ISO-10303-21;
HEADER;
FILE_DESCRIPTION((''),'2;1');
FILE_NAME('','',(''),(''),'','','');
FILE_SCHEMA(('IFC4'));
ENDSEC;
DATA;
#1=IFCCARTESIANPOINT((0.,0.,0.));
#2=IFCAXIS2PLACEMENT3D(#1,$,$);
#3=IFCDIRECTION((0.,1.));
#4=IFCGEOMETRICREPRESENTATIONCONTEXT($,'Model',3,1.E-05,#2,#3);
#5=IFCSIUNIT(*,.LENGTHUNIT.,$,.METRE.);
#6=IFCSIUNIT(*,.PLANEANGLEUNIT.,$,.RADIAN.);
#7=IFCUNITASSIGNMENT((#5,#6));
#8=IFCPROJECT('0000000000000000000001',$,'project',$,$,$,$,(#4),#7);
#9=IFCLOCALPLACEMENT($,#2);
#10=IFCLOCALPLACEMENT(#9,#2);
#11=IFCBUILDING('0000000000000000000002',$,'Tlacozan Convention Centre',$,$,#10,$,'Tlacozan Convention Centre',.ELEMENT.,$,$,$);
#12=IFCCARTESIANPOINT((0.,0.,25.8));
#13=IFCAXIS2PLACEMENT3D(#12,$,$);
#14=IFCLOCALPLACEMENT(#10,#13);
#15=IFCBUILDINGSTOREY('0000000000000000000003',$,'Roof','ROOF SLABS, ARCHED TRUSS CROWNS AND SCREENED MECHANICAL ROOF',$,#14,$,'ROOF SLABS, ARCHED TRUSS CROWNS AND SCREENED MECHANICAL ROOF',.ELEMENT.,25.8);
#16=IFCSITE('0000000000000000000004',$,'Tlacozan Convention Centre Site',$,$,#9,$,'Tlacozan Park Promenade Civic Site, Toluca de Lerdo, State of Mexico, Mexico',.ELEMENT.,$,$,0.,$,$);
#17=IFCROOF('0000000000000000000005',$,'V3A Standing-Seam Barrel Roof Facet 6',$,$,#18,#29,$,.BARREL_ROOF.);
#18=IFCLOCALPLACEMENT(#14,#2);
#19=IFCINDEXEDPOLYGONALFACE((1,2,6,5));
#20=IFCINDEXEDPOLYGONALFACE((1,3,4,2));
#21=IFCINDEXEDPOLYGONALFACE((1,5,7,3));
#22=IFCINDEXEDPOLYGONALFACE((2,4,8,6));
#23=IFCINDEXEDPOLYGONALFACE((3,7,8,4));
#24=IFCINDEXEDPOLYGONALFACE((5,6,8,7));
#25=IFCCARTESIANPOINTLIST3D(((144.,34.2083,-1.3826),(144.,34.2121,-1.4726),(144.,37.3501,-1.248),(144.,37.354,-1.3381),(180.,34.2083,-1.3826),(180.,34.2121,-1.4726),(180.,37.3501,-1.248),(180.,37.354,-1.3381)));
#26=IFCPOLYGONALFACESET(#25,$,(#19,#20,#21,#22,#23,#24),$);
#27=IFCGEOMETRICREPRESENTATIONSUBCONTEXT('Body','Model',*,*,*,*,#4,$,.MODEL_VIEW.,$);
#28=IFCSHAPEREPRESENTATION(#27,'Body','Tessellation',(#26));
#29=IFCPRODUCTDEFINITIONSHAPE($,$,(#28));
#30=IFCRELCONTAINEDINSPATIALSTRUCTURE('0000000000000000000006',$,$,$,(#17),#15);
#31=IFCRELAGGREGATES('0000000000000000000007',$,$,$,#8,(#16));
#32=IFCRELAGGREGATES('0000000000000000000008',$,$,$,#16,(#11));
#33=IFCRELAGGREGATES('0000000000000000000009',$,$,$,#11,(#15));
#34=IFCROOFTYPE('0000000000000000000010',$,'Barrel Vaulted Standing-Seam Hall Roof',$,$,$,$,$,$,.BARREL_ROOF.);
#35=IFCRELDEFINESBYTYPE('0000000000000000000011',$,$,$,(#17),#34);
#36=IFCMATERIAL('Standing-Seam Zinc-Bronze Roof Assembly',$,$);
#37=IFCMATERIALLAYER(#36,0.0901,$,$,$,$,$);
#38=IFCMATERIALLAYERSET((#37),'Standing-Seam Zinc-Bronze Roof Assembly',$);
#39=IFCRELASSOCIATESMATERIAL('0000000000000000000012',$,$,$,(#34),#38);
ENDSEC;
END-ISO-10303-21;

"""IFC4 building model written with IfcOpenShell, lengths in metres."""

from ifc_helpers import new_model, si_unit, direction, frame, origin, place, context, subcontext, project, spatial, polyline, outline, extrude, material, layer, layer_set, type_object, element, save


model = new_model("IFC4")

# Units and contexts
model_context = context("Model", 3, precision=1e-05, world=origin(), true_north=direction((0.0, 1.0)))
body_context = subcontext(model_context, "Body", "Model", "MODEL_VIEW")
ifc_project = project(units=[si_unit("LENGTHUNIT", "METRE"), si_unit("PLANEANGLEUNIT", "RADIAN")], contexts=[model_context])

# Site, building, storey
site_placement = place(None, origin())
site = spatial("IfcSite", under=ifc_project, at=site_placement, Name="Tlacozan Convention Centre Site", LongName="Tlacozan Park Promenade Civic Site, Toluca de Lerdo, State of Mexico, Mexico", CompositionType="ELEMENT", RefElevation=0.0)
building_placement = place(site_placement, origin())
building = spatial("IfcBuilding", under=site, at=building_placement, Name="Tlacozan Convention Centre", LongName="Tlacozan Convention Centre", CompositionType="ELEMENT")
storey_placement = place(building_placement, frame((0.0, 0.0, 25.8)))
storey = spatial("IfcBuildingStorey", under=building, at=storey_placement, Name="Roof", Description="ROOF SLABS, ARCHED TRUSS CROWNS AND SCREENED MECHANICAL ROOF", LongName="ROOF SLABS, ARCHED TRUSS CROWNS AND SCREENED MECHANICAL ROOF", CompositionType="ELEMENT", Elevation=25.8)

# Roof
ifc_material_1 = material(Name="Standing-Seam Zinc-Bronze Roof Assembly")
ifc_layer_1 = layer(ifc_material_1, 0.0901)
ifc_layer_set_1 = layer_set([ifc_layer_1], Name="Standing-Seam Zinc-Bronze Roof Assembly")
roof_type = type_object("IfcRoofType", Name="Barrel Vaulted Standing-Seam Hall Roof", PredefinedType="BARREL_ROOF", material=ifc_layer_set_1)
roof_1_placement = place(storey_placement, frame((144.0, 34.2083, -1.3826), z_axis=(0.0, -0.042777, 0.999085), x_axis=(1.0, 0.0, 0.0)))
element("IfcRoof", 1, at=roof_1_placement, inside=storey, type_object=roof_type, Name="V3A Standing-Seam Barrel Roof Facet 6", PredefinedType="BARREL_ROOF", context=body_context, shape_type="SweptSolid", body=[
    extrude(outline(polyline([(0.0, 0.0), (36.0, 0.0), (36.0, 3.1447), (0.0, 3.1447), (0.0, 0.0)])), origin(), (0.0, 0.0, -1.0), 0.0901),
])

save(model, "model.ifc")
